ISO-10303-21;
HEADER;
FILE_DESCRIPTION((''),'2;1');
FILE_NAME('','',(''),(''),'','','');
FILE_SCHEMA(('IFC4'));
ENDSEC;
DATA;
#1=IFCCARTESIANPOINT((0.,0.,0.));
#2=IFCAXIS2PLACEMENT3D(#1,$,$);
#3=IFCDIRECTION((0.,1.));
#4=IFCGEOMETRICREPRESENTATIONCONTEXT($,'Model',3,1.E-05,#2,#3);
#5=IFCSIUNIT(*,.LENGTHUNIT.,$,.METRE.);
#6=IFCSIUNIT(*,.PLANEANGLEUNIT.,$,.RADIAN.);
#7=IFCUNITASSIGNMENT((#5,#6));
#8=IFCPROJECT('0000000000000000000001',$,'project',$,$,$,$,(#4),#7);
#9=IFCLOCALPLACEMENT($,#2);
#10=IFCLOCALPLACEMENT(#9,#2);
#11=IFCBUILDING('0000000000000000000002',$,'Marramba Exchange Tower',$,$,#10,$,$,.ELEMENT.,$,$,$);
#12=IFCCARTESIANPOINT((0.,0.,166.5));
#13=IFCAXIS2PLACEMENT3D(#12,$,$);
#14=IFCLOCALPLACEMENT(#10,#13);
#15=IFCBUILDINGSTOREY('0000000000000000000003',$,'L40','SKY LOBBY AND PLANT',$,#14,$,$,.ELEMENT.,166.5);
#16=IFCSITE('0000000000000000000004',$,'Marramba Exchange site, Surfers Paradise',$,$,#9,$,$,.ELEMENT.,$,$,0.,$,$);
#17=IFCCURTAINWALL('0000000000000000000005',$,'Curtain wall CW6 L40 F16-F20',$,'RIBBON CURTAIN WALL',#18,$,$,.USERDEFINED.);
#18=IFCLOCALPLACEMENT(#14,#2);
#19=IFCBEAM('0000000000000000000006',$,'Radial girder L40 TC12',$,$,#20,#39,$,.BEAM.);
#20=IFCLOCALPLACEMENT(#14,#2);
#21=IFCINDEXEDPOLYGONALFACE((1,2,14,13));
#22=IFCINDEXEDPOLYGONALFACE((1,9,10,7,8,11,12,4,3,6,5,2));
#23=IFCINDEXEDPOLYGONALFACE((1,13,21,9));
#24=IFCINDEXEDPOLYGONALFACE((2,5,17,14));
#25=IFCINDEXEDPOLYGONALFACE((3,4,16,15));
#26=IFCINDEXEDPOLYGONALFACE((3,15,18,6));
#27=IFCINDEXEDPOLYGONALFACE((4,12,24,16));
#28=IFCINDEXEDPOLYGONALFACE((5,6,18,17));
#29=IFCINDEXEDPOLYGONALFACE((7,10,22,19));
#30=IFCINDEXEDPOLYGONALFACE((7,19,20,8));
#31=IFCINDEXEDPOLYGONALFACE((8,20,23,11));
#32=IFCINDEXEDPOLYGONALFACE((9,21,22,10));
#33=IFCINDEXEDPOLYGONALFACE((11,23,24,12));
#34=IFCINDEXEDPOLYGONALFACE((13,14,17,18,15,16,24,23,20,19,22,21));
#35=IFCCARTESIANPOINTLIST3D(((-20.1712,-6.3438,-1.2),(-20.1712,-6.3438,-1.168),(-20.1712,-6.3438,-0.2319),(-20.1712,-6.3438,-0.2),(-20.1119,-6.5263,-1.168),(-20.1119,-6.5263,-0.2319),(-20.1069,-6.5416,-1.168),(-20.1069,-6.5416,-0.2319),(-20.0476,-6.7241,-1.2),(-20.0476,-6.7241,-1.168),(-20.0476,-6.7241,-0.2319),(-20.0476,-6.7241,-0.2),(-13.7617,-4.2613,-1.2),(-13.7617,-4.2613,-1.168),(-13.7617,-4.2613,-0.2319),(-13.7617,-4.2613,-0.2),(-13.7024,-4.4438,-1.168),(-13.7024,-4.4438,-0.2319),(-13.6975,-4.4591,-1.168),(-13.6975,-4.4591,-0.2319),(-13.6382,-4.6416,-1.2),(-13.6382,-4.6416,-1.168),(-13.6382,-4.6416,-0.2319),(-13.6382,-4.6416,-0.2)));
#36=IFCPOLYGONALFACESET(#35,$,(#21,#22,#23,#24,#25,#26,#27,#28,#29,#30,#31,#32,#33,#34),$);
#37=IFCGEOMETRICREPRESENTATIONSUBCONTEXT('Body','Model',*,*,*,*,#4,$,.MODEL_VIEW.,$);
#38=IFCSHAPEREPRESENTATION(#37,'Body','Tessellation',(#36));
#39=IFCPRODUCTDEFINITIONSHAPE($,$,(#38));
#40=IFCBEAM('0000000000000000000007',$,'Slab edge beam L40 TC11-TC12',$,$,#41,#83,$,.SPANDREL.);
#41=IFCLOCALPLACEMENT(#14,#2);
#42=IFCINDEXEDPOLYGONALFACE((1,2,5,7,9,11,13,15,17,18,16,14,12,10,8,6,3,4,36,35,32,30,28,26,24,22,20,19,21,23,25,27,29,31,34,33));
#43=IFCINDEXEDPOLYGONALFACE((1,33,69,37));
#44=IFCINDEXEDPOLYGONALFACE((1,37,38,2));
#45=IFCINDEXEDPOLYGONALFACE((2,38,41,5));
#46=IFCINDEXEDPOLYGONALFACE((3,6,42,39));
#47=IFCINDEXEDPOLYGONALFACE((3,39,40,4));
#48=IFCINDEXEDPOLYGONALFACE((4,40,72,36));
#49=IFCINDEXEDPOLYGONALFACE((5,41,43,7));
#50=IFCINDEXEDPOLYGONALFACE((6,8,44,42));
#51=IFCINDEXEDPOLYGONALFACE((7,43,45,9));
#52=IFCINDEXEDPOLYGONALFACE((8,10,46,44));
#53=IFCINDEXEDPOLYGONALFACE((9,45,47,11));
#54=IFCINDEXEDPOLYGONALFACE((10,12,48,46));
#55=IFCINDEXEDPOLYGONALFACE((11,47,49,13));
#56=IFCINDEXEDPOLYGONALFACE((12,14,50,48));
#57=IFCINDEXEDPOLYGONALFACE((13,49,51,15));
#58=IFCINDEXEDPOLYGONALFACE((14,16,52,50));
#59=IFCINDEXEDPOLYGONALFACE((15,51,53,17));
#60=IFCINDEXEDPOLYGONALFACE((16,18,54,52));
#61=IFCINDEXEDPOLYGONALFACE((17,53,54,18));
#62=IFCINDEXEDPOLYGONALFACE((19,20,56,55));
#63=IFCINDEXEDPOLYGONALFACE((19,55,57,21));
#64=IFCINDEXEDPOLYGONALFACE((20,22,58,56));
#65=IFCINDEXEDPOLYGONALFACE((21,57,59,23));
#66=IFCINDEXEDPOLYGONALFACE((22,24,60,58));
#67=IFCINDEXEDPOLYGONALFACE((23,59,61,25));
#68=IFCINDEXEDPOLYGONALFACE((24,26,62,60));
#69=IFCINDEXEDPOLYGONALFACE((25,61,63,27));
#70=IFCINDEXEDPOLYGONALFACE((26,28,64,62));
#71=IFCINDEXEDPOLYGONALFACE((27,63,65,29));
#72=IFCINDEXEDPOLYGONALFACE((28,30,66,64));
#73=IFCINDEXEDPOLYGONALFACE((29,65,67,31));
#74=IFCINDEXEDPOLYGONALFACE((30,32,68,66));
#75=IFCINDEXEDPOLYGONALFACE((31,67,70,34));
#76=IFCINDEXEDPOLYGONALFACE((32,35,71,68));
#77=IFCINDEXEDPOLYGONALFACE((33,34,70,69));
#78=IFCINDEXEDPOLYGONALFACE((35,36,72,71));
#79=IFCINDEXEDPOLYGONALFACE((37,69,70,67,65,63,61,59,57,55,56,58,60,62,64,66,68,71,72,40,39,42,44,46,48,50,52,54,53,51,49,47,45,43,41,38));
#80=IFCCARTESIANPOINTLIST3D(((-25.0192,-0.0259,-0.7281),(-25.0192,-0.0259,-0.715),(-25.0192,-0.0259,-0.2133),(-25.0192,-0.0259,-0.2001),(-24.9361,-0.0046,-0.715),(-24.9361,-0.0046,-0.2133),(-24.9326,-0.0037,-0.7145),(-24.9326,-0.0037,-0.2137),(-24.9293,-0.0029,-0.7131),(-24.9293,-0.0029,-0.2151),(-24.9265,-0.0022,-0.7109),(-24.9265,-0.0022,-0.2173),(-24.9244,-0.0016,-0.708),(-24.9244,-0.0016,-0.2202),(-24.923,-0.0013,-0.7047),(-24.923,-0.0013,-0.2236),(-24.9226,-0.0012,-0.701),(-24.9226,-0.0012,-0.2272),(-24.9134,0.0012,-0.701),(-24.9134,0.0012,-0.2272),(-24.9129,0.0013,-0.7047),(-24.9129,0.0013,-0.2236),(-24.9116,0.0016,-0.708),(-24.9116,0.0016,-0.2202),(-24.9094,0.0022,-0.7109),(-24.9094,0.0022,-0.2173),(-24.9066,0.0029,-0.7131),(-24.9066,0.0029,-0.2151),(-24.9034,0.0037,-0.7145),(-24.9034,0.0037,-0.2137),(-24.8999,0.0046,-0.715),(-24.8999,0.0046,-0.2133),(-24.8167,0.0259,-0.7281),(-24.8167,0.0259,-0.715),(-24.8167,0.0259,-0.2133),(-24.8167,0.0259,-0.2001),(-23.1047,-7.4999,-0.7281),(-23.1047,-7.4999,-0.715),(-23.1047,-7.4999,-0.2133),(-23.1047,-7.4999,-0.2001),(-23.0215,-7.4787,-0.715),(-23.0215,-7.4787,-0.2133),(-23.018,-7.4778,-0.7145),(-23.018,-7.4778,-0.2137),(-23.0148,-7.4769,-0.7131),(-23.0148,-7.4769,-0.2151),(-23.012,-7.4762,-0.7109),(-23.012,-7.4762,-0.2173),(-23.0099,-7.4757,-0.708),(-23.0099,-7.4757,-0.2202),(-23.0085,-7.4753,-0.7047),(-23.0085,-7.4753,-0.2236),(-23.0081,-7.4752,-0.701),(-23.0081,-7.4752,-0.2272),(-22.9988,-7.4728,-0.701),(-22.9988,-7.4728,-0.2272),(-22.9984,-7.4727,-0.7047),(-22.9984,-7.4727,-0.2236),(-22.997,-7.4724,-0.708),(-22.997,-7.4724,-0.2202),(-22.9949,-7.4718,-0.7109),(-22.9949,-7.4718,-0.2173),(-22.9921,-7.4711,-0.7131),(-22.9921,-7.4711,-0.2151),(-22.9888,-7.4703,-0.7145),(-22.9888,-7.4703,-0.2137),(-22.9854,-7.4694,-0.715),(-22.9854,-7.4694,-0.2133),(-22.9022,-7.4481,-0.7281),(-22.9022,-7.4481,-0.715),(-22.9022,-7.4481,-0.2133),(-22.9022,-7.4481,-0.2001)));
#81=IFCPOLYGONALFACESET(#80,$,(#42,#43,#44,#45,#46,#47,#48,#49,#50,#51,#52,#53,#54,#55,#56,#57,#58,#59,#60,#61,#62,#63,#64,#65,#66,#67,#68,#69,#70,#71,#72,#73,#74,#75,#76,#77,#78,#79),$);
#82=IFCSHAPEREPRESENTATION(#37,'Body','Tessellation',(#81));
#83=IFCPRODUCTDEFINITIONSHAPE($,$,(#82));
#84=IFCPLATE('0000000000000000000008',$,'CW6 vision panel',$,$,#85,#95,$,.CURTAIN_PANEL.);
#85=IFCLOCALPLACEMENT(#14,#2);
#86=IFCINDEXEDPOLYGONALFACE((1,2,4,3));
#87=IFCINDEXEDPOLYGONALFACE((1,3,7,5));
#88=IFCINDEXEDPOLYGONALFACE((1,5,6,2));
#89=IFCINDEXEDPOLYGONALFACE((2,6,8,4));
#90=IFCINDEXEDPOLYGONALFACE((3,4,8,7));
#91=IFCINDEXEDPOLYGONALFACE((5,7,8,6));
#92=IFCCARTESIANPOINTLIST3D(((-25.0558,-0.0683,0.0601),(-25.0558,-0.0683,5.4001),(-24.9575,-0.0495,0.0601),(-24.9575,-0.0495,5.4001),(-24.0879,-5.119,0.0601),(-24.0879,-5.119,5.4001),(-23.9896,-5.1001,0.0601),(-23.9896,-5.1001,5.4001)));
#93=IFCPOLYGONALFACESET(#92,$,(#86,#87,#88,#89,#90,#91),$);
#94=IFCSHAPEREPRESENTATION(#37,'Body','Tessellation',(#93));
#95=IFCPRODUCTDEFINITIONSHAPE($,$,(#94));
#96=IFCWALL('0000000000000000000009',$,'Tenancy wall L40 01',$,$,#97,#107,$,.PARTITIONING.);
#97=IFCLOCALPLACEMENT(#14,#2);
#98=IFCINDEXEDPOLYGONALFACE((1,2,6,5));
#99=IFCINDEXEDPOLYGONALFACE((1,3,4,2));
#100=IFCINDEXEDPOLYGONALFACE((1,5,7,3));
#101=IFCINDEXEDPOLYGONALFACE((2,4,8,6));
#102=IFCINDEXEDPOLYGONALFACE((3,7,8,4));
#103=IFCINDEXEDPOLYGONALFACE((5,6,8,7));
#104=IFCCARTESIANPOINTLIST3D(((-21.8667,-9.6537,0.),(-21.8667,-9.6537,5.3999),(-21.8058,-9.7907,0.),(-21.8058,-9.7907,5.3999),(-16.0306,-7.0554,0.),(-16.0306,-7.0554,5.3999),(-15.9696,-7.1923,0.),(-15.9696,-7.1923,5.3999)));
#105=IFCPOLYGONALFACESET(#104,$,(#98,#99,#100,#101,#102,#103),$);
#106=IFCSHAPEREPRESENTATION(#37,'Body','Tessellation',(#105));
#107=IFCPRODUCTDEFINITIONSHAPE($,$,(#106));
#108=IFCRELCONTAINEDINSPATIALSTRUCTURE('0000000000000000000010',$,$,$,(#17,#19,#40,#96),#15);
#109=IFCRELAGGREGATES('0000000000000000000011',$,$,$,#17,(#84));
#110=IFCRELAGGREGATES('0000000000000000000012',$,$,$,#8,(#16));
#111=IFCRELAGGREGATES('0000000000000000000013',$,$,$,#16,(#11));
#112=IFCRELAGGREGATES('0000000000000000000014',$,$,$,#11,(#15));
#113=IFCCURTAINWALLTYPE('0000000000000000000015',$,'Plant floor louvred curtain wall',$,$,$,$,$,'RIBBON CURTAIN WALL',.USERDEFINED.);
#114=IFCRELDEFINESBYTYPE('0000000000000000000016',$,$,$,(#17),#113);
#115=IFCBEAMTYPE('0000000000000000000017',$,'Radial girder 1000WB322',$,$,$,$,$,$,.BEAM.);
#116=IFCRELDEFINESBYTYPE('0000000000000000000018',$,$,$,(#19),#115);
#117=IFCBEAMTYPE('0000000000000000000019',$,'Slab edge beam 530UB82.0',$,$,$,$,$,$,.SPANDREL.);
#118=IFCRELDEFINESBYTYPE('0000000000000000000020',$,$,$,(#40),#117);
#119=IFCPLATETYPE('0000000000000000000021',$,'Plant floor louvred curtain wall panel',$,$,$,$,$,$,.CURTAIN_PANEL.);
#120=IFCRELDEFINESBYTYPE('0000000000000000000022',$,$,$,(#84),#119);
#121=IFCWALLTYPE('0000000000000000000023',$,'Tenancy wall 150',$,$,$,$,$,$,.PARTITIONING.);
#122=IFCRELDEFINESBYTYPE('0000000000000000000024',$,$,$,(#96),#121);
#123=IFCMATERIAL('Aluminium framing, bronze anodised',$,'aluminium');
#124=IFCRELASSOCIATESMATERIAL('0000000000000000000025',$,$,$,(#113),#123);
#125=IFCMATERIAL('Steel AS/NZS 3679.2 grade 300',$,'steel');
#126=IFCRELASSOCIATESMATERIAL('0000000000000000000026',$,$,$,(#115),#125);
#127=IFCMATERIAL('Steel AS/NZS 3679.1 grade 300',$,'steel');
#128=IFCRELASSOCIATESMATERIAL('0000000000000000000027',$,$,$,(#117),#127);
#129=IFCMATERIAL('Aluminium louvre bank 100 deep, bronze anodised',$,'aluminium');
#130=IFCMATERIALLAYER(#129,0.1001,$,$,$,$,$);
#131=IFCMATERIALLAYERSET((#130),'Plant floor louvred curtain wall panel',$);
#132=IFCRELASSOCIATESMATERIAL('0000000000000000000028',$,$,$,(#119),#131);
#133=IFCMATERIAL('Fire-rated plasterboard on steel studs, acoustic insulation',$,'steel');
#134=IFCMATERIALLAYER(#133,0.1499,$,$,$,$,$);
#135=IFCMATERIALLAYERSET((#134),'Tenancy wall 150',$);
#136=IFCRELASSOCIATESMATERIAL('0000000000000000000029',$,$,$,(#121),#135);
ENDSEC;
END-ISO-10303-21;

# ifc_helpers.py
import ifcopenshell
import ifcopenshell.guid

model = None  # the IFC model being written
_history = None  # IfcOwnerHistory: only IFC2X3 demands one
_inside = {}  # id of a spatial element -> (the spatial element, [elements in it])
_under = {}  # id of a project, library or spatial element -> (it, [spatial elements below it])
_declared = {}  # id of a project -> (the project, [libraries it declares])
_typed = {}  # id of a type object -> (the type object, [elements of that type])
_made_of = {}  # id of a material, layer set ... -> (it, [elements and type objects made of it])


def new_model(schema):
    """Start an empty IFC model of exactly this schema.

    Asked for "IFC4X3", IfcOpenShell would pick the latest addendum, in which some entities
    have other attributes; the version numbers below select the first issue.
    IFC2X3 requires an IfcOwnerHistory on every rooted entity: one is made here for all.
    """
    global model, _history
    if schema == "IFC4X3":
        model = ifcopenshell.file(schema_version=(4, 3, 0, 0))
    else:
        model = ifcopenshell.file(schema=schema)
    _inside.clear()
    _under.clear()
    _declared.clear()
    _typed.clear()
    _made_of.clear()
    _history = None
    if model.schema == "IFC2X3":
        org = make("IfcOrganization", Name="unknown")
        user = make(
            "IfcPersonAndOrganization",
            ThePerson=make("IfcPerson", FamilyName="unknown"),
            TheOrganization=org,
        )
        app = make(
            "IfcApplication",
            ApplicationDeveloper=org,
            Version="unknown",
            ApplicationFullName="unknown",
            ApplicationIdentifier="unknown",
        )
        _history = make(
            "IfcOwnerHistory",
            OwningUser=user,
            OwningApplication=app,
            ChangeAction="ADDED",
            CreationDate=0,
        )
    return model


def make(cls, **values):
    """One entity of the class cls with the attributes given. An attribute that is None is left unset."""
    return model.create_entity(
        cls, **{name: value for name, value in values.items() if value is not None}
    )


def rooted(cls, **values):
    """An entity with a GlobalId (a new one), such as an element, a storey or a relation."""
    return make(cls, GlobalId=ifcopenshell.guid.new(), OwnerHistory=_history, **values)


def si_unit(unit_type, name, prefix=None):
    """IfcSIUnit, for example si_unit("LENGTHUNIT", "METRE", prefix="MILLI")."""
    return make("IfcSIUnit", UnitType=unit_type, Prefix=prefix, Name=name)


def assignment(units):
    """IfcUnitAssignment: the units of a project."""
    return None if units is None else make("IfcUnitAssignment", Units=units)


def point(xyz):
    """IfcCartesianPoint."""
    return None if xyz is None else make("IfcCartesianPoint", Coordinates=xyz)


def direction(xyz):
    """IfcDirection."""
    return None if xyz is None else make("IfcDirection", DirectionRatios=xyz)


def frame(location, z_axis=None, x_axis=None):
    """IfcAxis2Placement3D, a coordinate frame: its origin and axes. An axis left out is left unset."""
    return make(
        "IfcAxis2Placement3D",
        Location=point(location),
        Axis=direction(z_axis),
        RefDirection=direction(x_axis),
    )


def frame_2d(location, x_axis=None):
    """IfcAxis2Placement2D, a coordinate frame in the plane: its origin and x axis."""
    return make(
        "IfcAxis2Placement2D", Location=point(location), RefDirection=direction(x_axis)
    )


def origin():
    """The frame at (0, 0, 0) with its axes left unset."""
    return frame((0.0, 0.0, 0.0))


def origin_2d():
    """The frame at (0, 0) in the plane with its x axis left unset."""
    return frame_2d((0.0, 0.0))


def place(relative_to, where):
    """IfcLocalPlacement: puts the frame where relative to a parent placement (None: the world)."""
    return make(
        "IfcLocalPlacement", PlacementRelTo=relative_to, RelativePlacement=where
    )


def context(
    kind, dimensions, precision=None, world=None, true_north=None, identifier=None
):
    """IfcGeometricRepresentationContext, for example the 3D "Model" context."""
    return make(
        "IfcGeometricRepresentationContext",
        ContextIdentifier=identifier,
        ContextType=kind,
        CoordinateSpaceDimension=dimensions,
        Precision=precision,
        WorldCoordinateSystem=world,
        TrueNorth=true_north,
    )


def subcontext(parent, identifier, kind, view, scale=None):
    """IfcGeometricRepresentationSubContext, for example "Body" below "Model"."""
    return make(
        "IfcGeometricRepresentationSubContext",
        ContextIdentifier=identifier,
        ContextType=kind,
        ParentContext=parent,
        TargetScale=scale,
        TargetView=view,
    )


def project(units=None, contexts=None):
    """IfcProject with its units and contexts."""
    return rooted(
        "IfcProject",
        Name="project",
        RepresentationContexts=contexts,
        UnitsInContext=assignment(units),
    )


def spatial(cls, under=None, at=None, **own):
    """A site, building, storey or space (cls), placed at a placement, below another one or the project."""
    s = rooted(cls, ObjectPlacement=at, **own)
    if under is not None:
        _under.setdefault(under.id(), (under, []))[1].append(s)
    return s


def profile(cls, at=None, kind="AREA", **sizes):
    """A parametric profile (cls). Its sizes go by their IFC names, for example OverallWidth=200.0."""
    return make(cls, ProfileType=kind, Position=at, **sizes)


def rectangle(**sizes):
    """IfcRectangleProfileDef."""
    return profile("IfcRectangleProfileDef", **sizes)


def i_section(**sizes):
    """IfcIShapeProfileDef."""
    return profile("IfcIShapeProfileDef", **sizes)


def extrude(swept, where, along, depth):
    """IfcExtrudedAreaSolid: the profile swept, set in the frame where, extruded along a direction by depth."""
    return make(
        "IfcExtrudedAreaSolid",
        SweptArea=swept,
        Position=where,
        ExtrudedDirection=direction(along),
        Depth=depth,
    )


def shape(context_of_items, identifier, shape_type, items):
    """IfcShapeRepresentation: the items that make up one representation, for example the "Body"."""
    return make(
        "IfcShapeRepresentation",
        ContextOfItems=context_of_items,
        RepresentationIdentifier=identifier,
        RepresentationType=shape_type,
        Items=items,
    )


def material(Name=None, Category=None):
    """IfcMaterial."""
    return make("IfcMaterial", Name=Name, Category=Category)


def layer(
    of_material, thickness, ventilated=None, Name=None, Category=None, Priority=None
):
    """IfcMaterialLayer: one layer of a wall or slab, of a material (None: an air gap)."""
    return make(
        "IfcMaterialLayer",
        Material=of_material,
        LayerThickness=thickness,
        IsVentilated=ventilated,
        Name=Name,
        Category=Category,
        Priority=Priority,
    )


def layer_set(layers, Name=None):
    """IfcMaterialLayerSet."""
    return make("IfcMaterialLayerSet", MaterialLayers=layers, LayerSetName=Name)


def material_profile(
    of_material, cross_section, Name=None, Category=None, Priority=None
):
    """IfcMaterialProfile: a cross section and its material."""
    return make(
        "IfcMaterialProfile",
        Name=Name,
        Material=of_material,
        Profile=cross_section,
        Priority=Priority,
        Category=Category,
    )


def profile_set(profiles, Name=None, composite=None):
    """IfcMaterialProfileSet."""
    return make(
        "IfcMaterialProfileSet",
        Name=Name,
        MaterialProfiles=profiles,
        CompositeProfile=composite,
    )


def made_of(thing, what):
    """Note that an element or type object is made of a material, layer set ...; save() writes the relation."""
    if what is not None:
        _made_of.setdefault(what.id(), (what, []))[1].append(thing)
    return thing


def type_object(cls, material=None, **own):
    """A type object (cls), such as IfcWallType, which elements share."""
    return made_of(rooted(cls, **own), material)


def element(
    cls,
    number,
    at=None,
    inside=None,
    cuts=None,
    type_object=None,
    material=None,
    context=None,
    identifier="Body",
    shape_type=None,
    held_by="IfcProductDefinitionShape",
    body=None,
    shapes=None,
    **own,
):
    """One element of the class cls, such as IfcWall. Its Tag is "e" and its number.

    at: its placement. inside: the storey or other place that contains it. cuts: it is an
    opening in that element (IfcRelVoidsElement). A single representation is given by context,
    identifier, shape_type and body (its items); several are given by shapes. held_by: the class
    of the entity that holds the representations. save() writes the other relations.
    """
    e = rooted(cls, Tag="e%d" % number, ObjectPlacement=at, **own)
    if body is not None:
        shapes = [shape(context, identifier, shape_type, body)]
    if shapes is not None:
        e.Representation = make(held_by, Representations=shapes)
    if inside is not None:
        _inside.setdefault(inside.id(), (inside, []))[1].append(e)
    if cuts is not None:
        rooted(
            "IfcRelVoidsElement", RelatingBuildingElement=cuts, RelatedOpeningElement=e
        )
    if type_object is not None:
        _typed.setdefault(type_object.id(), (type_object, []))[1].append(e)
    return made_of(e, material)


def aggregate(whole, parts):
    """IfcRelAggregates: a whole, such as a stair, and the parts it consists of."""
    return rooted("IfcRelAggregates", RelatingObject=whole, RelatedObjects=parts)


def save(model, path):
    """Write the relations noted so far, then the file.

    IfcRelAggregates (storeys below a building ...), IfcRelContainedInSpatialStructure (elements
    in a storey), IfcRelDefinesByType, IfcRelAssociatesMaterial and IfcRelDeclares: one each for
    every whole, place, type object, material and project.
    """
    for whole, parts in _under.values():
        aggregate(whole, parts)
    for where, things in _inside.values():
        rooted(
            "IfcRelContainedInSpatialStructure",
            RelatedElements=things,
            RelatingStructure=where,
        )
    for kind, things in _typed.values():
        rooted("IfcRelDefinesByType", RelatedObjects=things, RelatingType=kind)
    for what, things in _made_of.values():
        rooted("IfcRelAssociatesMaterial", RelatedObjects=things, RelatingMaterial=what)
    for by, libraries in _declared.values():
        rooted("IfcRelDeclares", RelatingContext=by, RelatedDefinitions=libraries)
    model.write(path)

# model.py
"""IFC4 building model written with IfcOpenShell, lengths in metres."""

from ifc_helpers import new_model, si_unit, direction, frame, frame_2d, origin, origin_2d, place, context, subcontext, project, spatial, rectangle, i_section, extrude, material, layer, layer_set, material_profile, profile_set, type_object, element, aggregate, save


model = new_model("IFC4")

# Units and contexts
model_context = context("Model", 3, precision=1e-05, world=origin(), true_north=direction((0.0, 1.0)))
body_context = subcontext(model_context, "Body", "Model", "MODEL_VIEW")
ifc_project = project(units=[si_unit("LENGTHUNIT", "METRE"), si_unit("PLANEANGLEUNIT", "RADIAN")], contexts=[model_context])

# Site, building, storey
site_placement = place(None, origin())
site = spatial("IfcSite", under=ifc_project, at=site_placement, Name="Marramba Exchange site, Surfers Paradise", CompositionType="ELEMENT", RefElevation=0.0)
building_placement = place(site_placement, origin())
building = spatial("IfcBuilding", under=site, at=building_placement, Name="Marramba Exchange Tower", CompositionType="ELEMENT")
storey_placement = place(building_placement, frame((0.0, 0.0, 166.5)))
storey = spatial("IfcBuildingStorey", under=building, at=storey_placement, Name="L40", Description="SKY LOBBY AND PLANT", CompositionType="ELEMENT", Elevation=166.5)

# Shared definitions
ifc_material_1 = material(Name="Steel AS/NZS 3679.2 grade 300", Category="steel")

# Shared definitions
ifc_material_2 = material(Name="Steel AS/NZS 3679.1 grade 300", Category="steel")

# Curtain wall
ifc_material_3 = material(Name="Aluminium framing, bronze anodised", Category="aluminium")
curtain_wall_type = type_object("IfcCurtainWallType", Name="Plant floor louvred curtain wall", ElementType="RIBBON CURTAIN WALL", PredefinedType="USERDEFINED", material=ifc_material_3)
curtain_wall_placement = place(storey_placement, origin())
curtain_wall = element("IfcCurtainWall", 1, at=curtain_wall_placement, inside=storey, type_object=curtain_wall_type, Name="Curtain wall CW6 L40 F16-F20", ObjectType="RIBBON CURTAIN WALL", PredefinedType="USERDEFINED")

# Beams
ifc_material_profile_1 = material_profile(ifc_material_1, i_section(OverallWidth=0.3999, OverallDepth=1.0, WebThickness=0.0161, FlangeThickness=0.032, at=origin_2d()), Name="1000WB322")
ifc_profile_set_1 = profile_set([ifc_material_profile_1], Name="Steel AS/NZS 3679.2 grade 300")
beam_type_1 = type_object("IfcBeamType", Name="Radial girder 1000WB322", PredefinedType="BEAM", material=ifc_profile_set_1)
beam_1_placement = place(storey_placement, frame((-13.7, -4.4514, -0.7), z_axis=(-0.951058, -0.309013, 0.0), x_axis=(0.309013, -0.951058, 0.0)))
element("IfcBeam", 2, at=beam_1_placement, inside=storey, type_object=beam_type_1, Name="Radial girder L40 TC12", PredefinedType="BEAM", context=body_context, shape_type="SweptSolid", body=[
    extrude(i_section(OverallWidth=0.3999, OverallDepth=1.0, WebThickness=0.0161, FlangeThickness=0.032, at=origin_2d()), origin(), (0.0, 0.0, 1.0), 6.7393),
])
ifc_material_profile_2 = material_profile(ifc_material_2, i_section(OverallWidth=0.209, OverallDepth=0.5281, WebThickness=0.0095, FlangeThickness=0.0132, FilletRadius=0.0139, at=origin_2d()), Name="530UB82.0")
ifc_profile_set_2 = profile_set([ifc_material_profile_2], Name="Steel AS/NZS 3679.1 grade 300")
beam_type_2 = type_object("IfcBeamType", Name="Slab edge beam 530UB82.0", PredefinedType="SPANDREL", material=ifc_profile_set_2)
beam_2_placement = place(storey_placement, frame((-24.918, 0.0, -0.4641), z_axis=(0.248145, -0.968723, 0.0), x_axis=(0.968723, 0.248145, 0.0)))
element("IfcBeam", 3, at=beam_2_placement, inside=storey, type_object=beam_type_2, Name="Slab edge beam L40 TC11-TC12", PredefinedType="SPANDREL", context=body_context, shape_type="SweptSolid", body=[
    extrude(i_section(OverallWidth=0.209, OverallDepth=0.5281, WebThickness=0.0095, FlangeThickness=0.0132, FilletRadius=0.0139, at=origin_2d()), origin(), (0.0, 0.0, 1.0), 7.7153),
])

# Plate
ifc_material_4 = material(Name="Aluminium louvre bank 100 deep, bronze anodised", Category="aluminium")
ifc_layer_1 = layer(ifc_material_4, 0.1001)
ifc_layer_set_1 = layer_set([ifc_layer_1], Name="Plant floor louvred curtain wall panel")
plate_type = type_object("IfcPlateType", Name="Plant floor louvred curtain wall panel", PredefinedType="CURTAIN_PANEL", material=ifc_layer_set_1)
plate_placement = place(storey_placement, frame((-24.5227, -2.5842, 0.0601), z_axis=(0.0, 0.0, 1.0), x_axis=(0.188227, -0.982126, 0.0)))
plate = element("IfcPlate", 4, at=plate_placement, type_object=plate_type, Name="CW6 vision panel", PredefinedType="CURTAIN_PANEL", context=body_context, shape_type="SweptSolid", body=[
    extrude(rectangle(XDim=5.1426, YDim=0.1001, at=origin_2d()), origin(), (0.0, 0.0, 1.0), 5.3401),
])
aggregate(curtain_wall, [plate])

# Wall
ifc_material_5 = material(Name="Fire-rated plasterboard on steel studs, acoustic insulation", Category="steel")
ifc_layer_2 = layer(ifc_material_5, 0.1499)
ifc_layer_set_2 = layer_set([ifc_layer_2], Name="Tenancy wall 150")
wall_type = type_object("IfcWallType", Name="Tenancy wall 150", PredefinedType="PARTITIONING", material=ifc_layer_set_2)
wall_placement = place(storey_placement, frame((-16.0, -7.1238, 0.0), z_axis=(0.0, 0.0, 1.0), x_axis=(-0.913548, -0.406731, 0.0)))
element("IfcWall", 5, at=wall_placement, inside=storey, type_object=wall_type, Name="Tenancy wall L40 01", PredefinedType="PARTITIONING", context=body_context, shape_type="SweptSolid", body=[
    extrude(rectangle(XDim=6.3884, YDim=0.1499, at=frame_2d((3.1943, 0.0))), origin(), (0.0, 0.0, 1.0), 5.3999),
])

save(model, "model.ifc")
